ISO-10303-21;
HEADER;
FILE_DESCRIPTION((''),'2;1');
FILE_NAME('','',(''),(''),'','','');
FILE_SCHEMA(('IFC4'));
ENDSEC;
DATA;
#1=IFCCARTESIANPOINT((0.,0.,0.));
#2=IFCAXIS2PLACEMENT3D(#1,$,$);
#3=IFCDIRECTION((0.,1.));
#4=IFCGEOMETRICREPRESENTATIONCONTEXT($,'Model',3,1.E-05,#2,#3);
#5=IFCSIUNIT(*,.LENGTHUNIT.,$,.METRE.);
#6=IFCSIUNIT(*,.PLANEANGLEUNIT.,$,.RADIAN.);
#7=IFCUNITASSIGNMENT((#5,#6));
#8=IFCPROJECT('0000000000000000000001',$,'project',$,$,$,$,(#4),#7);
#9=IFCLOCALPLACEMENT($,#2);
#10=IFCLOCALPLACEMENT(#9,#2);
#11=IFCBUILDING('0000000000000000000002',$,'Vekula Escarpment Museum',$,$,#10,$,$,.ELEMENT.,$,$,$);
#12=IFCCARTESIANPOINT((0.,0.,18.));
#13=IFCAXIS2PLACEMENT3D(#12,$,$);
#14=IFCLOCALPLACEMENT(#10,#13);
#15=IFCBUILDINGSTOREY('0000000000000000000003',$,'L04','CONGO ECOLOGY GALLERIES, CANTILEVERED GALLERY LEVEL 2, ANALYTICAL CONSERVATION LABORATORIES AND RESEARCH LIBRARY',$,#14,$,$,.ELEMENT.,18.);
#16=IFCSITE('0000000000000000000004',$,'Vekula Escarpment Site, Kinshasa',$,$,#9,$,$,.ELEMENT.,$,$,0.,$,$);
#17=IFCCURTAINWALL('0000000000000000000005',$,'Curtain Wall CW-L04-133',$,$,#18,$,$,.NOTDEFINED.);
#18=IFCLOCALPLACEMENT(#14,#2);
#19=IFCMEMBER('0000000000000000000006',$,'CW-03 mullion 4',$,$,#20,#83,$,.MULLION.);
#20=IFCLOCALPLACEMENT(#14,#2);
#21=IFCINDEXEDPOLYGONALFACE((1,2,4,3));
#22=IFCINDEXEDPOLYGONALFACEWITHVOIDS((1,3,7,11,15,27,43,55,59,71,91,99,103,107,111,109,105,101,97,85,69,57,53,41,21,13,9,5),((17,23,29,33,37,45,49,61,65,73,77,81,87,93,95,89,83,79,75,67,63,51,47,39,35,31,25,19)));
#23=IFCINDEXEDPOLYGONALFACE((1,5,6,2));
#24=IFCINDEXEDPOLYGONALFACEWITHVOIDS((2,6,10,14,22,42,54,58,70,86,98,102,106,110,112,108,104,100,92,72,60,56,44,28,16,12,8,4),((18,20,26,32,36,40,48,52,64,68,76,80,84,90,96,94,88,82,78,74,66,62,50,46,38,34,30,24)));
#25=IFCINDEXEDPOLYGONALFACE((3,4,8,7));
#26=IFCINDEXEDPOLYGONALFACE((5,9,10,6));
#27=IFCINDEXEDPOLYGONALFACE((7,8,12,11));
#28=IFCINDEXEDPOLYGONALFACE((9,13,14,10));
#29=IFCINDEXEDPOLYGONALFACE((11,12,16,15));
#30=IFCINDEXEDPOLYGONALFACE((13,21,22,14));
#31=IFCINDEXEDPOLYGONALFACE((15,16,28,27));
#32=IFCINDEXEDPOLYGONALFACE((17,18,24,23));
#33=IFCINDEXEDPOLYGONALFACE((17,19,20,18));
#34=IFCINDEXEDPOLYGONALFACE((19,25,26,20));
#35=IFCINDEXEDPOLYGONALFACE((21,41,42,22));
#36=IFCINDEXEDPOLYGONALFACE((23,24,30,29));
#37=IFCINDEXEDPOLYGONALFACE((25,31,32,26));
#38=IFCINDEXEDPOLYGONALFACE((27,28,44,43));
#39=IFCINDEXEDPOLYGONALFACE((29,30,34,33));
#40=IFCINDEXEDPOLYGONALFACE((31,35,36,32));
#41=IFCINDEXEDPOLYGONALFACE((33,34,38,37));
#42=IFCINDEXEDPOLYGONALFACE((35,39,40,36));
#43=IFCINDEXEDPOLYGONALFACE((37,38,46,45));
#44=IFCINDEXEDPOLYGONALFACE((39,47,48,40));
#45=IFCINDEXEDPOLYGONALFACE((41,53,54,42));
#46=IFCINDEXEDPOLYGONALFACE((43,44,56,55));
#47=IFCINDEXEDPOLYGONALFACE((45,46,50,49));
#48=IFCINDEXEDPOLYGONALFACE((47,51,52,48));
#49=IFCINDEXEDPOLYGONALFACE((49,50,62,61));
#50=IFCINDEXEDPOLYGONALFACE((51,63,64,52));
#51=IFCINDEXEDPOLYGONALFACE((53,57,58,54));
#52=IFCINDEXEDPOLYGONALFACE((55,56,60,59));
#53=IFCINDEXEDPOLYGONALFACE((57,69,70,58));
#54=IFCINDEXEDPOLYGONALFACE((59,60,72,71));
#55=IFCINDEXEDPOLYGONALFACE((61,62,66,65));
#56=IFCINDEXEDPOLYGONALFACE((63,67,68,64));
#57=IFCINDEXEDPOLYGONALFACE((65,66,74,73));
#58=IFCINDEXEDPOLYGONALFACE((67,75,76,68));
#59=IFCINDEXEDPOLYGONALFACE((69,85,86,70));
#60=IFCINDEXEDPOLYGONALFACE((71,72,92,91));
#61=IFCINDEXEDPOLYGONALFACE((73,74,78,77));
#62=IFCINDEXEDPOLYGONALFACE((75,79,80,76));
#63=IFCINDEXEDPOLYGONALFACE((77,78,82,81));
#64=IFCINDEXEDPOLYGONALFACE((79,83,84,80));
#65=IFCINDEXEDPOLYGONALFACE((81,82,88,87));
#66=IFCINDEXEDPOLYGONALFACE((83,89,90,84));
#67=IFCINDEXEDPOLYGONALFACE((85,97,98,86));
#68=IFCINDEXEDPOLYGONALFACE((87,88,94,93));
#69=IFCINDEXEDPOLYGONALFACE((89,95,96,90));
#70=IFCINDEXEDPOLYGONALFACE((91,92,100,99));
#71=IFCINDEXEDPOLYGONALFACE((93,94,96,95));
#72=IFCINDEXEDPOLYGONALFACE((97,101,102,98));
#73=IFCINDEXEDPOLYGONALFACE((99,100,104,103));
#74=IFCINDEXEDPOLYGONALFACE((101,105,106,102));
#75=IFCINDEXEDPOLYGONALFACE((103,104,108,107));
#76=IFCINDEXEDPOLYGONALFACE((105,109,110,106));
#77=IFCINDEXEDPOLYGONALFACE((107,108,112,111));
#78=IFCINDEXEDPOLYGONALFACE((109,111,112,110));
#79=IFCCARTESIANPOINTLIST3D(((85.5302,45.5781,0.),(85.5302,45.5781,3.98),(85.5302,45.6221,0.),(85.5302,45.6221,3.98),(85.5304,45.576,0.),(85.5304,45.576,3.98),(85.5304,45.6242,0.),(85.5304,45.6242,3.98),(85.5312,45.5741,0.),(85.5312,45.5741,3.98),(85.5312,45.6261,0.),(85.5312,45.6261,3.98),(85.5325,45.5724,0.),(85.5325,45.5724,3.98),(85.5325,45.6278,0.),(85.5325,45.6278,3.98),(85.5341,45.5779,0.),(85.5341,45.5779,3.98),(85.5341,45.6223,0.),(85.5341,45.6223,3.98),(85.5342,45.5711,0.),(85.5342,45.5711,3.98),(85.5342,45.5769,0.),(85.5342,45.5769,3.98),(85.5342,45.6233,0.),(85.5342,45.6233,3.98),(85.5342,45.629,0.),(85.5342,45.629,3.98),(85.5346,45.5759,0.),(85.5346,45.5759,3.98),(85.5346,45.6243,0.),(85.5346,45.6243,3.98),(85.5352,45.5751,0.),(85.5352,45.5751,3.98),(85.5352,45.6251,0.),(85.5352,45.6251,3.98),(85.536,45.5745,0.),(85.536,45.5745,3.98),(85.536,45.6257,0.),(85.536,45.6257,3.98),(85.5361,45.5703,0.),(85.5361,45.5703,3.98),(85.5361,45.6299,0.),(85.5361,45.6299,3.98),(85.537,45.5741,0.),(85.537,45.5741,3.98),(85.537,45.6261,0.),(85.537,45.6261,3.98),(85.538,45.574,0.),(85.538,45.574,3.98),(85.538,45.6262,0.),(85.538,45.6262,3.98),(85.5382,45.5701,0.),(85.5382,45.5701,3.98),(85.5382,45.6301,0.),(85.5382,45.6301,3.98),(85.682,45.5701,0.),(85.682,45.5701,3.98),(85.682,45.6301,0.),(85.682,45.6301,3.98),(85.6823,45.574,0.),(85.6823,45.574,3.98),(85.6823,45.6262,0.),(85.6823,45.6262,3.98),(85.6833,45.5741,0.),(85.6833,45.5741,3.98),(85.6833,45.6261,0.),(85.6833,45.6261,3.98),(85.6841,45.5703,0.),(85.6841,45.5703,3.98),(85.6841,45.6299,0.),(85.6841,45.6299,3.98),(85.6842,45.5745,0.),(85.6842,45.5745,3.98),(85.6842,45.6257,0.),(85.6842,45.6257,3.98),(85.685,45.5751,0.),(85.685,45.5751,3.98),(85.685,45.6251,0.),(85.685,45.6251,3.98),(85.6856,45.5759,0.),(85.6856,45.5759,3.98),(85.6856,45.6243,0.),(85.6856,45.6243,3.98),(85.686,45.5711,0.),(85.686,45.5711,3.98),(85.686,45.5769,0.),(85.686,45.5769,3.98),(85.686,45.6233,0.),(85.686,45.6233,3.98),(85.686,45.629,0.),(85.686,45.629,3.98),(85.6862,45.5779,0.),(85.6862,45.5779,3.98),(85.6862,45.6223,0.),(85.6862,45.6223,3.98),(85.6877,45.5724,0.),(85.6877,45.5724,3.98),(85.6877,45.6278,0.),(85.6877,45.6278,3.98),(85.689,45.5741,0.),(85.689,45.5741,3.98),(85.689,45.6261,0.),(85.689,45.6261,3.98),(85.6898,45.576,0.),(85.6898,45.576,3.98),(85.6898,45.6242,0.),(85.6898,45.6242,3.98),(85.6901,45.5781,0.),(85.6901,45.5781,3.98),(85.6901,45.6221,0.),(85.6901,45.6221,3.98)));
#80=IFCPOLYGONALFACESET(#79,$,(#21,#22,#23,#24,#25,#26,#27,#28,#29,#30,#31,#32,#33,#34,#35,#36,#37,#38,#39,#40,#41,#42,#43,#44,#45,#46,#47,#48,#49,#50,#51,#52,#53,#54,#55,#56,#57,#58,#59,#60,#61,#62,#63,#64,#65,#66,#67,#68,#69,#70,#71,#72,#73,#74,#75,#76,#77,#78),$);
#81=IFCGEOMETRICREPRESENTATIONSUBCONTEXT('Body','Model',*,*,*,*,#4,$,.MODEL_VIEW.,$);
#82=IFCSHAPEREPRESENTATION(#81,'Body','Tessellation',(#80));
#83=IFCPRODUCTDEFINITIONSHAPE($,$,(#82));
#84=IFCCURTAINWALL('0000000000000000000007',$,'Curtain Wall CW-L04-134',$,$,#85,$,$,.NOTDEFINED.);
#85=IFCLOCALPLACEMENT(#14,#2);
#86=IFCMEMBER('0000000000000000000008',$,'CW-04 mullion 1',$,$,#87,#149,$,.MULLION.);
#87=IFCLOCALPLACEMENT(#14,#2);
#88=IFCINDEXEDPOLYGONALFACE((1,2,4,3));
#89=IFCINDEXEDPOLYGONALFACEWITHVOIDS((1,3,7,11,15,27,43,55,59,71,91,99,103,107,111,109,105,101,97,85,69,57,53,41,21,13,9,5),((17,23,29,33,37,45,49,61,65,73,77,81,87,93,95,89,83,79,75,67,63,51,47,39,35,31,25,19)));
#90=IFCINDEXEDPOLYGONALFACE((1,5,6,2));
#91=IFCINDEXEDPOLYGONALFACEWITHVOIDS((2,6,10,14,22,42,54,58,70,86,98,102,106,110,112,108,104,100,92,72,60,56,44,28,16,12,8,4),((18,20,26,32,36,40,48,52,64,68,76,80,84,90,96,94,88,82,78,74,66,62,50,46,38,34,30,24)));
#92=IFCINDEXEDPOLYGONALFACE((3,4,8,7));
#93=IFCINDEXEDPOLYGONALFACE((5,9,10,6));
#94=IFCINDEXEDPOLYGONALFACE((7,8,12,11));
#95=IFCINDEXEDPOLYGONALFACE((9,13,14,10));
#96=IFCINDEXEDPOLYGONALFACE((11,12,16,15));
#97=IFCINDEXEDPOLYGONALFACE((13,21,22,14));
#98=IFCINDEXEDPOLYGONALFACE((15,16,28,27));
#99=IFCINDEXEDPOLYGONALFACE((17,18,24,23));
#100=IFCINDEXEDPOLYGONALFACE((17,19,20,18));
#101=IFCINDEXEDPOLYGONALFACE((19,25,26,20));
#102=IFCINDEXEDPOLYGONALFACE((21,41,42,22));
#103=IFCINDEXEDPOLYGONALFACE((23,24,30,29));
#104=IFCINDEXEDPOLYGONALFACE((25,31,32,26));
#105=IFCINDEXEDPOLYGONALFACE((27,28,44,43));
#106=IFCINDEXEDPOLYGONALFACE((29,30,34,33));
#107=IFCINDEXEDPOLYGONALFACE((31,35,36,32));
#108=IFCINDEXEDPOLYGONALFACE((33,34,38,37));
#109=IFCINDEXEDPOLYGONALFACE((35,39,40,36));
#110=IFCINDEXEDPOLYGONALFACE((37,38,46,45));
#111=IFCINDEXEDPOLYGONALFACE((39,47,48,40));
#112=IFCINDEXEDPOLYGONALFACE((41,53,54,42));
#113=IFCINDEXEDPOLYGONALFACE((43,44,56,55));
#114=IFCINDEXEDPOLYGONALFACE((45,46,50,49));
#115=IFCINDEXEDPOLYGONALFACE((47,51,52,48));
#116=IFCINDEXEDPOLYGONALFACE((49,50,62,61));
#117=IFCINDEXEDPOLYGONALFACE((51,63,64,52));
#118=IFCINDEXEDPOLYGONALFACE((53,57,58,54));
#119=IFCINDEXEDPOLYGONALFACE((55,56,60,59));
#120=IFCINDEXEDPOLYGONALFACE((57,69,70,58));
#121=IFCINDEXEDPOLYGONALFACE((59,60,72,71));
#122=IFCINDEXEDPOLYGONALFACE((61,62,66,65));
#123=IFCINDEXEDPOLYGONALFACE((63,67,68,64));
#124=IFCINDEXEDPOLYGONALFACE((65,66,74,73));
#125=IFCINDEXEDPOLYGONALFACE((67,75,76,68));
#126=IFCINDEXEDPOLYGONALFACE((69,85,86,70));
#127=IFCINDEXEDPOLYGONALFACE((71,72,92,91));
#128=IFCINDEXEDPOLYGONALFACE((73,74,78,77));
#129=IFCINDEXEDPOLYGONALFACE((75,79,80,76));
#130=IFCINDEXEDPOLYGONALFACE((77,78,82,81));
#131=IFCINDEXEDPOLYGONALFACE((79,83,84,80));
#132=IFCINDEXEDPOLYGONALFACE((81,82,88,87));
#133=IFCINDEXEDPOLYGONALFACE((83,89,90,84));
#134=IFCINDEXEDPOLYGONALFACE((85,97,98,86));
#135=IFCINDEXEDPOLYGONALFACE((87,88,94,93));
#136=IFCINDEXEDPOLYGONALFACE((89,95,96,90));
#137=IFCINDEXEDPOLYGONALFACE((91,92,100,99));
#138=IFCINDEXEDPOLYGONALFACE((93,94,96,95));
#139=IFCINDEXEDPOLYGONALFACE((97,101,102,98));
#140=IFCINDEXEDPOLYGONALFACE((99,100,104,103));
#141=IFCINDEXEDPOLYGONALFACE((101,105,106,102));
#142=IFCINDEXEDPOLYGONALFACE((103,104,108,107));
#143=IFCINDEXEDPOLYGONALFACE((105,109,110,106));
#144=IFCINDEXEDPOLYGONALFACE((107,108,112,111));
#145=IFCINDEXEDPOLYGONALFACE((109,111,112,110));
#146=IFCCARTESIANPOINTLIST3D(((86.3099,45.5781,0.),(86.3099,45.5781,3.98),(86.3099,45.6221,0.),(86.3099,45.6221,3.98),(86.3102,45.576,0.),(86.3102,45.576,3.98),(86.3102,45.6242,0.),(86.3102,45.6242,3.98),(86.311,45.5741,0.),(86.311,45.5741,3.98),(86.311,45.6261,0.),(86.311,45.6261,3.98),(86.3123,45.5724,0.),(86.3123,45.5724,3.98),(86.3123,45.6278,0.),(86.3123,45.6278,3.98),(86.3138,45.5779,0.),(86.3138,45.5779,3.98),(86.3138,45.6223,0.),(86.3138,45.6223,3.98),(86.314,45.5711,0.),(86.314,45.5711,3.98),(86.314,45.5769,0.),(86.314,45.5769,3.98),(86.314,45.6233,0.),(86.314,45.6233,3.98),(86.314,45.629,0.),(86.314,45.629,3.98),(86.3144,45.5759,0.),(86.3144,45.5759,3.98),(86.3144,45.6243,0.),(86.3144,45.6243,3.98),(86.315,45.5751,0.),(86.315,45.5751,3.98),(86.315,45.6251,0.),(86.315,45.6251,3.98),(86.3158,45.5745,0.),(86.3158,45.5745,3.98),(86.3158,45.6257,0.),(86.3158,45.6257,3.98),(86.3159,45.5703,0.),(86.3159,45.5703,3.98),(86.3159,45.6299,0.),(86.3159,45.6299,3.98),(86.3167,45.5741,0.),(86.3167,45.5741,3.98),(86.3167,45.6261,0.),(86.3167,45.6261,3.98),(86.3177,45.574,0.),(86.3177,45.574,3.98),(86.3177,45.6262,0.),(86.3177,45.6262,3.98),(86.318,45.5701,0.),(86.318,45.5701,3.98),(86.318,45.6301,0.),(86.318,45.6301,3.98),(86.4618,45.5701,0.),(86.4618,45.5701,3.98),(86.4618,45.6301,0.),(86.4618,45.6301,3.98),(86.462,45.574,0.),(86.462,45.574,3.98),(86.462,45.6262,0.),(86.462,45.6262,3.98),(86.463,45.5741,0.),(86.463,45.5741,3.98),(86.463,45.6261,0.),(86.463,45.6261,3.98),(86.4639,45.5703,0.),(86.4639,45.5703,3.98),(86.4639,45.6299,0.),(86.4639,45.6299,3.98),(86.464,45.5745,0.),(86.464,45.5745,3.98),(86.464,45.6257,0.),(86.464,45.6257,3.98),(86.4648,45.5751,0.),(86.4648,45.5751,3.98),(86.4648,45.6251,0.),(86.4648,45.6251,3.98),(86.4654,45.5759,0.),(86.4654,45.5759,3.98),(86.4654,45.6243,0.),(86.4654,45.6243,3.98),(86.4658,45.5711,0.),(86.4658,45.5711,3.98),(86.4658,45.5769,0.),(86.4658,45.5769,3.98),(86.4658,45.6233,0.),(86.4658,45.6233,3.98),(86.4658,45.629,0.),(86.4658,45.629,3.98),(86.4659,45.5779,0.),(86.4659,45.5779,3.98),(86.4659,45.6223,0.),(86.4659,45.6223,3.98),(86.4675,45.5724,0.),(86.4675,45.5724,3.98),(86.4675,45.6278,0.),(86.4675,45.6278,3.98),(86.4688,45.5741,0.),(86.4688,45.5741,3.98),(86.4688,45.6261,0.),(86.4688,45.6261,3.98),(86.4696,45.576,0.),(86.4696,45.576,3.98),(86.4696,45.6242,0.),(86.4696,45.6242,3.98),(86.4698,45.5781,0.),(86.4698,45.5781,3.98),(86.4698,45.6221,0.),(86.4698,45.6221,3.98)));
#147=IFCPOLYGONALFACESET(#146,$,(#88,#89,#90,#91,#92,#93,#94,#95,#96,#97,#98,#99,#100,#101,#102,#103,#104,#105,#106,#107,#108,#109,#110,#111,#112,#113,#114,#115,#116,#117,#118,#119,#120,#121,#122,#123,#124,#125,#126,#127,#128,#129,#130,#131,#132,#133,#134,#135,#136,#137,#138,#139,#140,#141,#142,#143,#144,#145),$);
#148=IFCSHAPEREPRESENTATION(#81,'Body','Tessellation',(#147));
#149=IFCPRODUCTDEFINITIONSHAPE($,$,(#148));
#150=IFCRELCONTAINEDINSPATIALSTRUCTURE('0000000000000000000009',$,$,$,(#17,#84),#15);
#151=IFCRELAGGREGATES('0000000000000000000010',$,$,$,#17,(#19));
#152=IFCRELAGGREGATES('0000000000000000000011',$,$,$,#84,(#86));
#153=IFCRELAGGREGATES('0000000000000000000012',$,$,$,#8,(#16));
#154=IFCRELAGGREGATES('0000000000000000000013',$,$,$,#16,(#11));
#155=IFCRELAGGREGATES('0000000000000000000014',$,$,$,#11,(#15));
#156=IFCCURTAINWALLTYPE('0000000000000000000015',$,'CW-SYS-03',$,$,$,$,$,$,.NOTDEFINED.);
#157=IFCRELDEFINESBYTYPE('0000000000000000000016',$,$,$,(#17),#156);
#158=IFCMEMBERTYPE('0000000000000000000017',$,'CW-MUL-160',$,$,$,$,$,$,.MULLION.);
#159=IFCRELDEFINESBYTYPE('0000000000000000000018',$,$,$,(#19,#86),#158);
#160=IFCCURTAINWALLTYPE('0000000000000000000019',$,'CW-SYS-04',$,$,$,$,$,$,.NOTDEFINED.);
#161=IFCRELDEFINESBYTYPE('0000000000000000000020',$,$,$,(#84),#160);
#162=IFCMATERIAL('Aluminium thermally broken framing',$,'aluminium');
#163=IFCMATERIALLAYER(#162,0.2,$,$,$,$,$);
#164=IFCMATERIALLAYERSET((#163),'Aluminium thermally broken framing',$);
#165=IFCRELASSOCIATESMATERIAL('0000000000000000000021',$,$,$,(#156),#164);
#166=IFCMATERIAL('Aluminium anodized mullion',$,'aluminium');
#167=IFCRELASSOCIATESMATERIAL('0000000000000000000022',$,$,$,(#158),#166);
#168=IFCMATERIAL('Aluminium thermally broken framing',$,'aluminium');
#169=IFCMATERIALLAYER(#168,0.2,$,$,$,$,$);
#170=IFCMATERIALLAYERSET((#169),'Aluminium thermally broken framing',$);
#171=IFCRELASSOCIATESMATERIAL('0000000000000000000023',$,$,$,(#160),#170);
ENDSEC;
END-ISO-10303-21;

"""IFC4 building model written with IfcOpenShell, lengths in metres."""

from ifc_helpers import new_model, si_unit, direction, frame, origin, origin_2d, place, context, subcontext, project, spatial, hollow_rectangle, extrude, material, layer, layer_set, material_profile, profile_set, type_object, element, aggregate, save


model = new_model("IFC4")

# Units and contexts
model_context = context("Model", 3, precision=1e-05, world=origin(), true_north=direction((0.0, 1.0)))
body_context = subcontext(model_context, "Body", "Model", "MODEL_VIEW")
ifc_project = project(units=[si_unit("LENGTHUNIT", "METRE"), si_unit("PLANEANGLEUNIT", "RADIAN")], contexts=[model_context])

# Site, building, storey
site_placement = place(None, origin())
site = spatial("IfcSite", under=ifc_project, at=site_placement, Name="Vekula Escarpment Site, Kinshasa", CompositionType="ELEMENT", RefElevation=0.0)
building_placement = place(site_placement, origin())
building = spatial("IfcBuilding", under=site, at=building_placement, Name="Vekula Escarpment Museum", CompositionType="ELEMENT")
storey_placement = place(building_placement, frame((0.0, 0.0, 18.0)))
storey = spatial("IfcBuildingStorey", under=building, at=storey_placement, Name="L04", Description="CONGO ECOLOGY GALLERIES, CANTILEVERED GALLERY LEVEL 2, ANALYTICAL CONSERVATION LABORATORIES AND RESEARCH LIBRARY", CompositionType="ELEMENT", Elevation=18.0)

# Curtain wall, member
ifc_material_1 = material(Name="Aluminium thermally broken framing", Category="aluminium")
ifc_layer_1 = layer(ifc_material_1, 0.2)
ifc_layer_set_1 = layer_set([ifc_layer_1], Name="Aluminium thermally broken framing")
curtain_wall_type_1 = type_object("IfcCurtainWallType", Name="CW-SYS-03", PredefinedType="NOTDEFINED", material=ifc_layer_set_1)
curtain_wall_1_placement = place(storey_placement, origin())
curtain_wall_1 = element("IfcCurtainWall", 1, at=curtain_wall_1_placement, inside=storey, type_object=curtain_wall_type_1, Name="Curtain Wall CW-L04-133", PredefinedType="NOTDEFINED")
ifc_material_2 = material(Name="Aluminium anodized mullion", Category="aluminium")
ifc_material_profile_1 = material_profile(ifc_material_2, hollow_rectangle(XDim=0.0601, YDim=0.1599, WallThickness=0.0039, InnerFilletRadius=0.0039, OuterFilletRadius=0.0081, at=origin_2d()), Name="ALU 160x60x4")
ifc_profile_set_1 = profile_set([ifc_material_profile_1], Name="Aluminium anodized mullion")
member_type_1 = type_object("IfcMemberType", Name="CW-MUL-160", PredefinedType="MULLION", material=ifc_profile_set_1)
member_1_placement = place(storey_placement, frame((85.6101, 45.6001, 0.0), z_axis=(0.0, 0.0, 1.0), x_axis=(0.0, 1.0, 0.0)))
member_1 = element("IfcMember", 2, at=member_1_placement, type_object=member_type_1, Name="CW-03 mullion 4", PredefinedType="MULLION", context=body_context, shape_type="SweptSolid", body=[
    extrude(hollow_rectangle(XDim=0.0601, YDim=0.1599, WallThickness=0.0039, InnerFilletRadius=0.0039, OuterFilletRadius=0.0081, at=origin_2d()), origin(), (0.0, 0.0, 1.0), 3.98),
])

# Curtain wall, member
ifc_material_3 = material(Name="Aluminium thermally broken framing", Category="aluminium")
ifc_layer_2 = layer(ifc_material_3, 0.2)
ifc_layer_set_2 = layer_set([ifc_layer_2], Name="Aluminium thermally broken framing")
curtain_wall_type_2 = type_object("IfcCurtainWallType", Name="CW-SYS-04", PredefinedType="NOTDEFINED", material=ifc_layer_set_2)
curtain_wall_2_placement = place(storey_placement, origin())
curtain_wall_2 = element("IfcCurtainWall", 3, at=curtain_wall_2_placement, inside=storey, type_object=curtain_wall_type_2, Name="Curtain Wall CW-L04-134", PredefinedType="NOTDEFINED")
member_2_placement = place(storey_placement, frame((86.3899, 45.6001, 0.0), z_axis=(0.0, 0.0, 1.0), x_axis=(0.0, 1.0, 0.0)))
member_2 = element("IfcMember", 4, at=member_2_placement, type_object=member_type_1, Name="CW-04 mullion 1", PredefinedType="MULLION", context=body_context, shape_type="SweptSolid", body=[
    extrude(hollow_rectangle(XDim=0.0601, YDim=0.1599, WallThickness=0.0039, InnerFilletRadius=0.0039, OuterFilletRadius=0.0081, at=origin_2d()), origin(), (0.0, 0.0, 1.0), 3.98),
])

aggregate(curtain_wall_1, [member_1])
aggregate(curtain_wall_2, [member_2])

save(model, "model.ifc")
